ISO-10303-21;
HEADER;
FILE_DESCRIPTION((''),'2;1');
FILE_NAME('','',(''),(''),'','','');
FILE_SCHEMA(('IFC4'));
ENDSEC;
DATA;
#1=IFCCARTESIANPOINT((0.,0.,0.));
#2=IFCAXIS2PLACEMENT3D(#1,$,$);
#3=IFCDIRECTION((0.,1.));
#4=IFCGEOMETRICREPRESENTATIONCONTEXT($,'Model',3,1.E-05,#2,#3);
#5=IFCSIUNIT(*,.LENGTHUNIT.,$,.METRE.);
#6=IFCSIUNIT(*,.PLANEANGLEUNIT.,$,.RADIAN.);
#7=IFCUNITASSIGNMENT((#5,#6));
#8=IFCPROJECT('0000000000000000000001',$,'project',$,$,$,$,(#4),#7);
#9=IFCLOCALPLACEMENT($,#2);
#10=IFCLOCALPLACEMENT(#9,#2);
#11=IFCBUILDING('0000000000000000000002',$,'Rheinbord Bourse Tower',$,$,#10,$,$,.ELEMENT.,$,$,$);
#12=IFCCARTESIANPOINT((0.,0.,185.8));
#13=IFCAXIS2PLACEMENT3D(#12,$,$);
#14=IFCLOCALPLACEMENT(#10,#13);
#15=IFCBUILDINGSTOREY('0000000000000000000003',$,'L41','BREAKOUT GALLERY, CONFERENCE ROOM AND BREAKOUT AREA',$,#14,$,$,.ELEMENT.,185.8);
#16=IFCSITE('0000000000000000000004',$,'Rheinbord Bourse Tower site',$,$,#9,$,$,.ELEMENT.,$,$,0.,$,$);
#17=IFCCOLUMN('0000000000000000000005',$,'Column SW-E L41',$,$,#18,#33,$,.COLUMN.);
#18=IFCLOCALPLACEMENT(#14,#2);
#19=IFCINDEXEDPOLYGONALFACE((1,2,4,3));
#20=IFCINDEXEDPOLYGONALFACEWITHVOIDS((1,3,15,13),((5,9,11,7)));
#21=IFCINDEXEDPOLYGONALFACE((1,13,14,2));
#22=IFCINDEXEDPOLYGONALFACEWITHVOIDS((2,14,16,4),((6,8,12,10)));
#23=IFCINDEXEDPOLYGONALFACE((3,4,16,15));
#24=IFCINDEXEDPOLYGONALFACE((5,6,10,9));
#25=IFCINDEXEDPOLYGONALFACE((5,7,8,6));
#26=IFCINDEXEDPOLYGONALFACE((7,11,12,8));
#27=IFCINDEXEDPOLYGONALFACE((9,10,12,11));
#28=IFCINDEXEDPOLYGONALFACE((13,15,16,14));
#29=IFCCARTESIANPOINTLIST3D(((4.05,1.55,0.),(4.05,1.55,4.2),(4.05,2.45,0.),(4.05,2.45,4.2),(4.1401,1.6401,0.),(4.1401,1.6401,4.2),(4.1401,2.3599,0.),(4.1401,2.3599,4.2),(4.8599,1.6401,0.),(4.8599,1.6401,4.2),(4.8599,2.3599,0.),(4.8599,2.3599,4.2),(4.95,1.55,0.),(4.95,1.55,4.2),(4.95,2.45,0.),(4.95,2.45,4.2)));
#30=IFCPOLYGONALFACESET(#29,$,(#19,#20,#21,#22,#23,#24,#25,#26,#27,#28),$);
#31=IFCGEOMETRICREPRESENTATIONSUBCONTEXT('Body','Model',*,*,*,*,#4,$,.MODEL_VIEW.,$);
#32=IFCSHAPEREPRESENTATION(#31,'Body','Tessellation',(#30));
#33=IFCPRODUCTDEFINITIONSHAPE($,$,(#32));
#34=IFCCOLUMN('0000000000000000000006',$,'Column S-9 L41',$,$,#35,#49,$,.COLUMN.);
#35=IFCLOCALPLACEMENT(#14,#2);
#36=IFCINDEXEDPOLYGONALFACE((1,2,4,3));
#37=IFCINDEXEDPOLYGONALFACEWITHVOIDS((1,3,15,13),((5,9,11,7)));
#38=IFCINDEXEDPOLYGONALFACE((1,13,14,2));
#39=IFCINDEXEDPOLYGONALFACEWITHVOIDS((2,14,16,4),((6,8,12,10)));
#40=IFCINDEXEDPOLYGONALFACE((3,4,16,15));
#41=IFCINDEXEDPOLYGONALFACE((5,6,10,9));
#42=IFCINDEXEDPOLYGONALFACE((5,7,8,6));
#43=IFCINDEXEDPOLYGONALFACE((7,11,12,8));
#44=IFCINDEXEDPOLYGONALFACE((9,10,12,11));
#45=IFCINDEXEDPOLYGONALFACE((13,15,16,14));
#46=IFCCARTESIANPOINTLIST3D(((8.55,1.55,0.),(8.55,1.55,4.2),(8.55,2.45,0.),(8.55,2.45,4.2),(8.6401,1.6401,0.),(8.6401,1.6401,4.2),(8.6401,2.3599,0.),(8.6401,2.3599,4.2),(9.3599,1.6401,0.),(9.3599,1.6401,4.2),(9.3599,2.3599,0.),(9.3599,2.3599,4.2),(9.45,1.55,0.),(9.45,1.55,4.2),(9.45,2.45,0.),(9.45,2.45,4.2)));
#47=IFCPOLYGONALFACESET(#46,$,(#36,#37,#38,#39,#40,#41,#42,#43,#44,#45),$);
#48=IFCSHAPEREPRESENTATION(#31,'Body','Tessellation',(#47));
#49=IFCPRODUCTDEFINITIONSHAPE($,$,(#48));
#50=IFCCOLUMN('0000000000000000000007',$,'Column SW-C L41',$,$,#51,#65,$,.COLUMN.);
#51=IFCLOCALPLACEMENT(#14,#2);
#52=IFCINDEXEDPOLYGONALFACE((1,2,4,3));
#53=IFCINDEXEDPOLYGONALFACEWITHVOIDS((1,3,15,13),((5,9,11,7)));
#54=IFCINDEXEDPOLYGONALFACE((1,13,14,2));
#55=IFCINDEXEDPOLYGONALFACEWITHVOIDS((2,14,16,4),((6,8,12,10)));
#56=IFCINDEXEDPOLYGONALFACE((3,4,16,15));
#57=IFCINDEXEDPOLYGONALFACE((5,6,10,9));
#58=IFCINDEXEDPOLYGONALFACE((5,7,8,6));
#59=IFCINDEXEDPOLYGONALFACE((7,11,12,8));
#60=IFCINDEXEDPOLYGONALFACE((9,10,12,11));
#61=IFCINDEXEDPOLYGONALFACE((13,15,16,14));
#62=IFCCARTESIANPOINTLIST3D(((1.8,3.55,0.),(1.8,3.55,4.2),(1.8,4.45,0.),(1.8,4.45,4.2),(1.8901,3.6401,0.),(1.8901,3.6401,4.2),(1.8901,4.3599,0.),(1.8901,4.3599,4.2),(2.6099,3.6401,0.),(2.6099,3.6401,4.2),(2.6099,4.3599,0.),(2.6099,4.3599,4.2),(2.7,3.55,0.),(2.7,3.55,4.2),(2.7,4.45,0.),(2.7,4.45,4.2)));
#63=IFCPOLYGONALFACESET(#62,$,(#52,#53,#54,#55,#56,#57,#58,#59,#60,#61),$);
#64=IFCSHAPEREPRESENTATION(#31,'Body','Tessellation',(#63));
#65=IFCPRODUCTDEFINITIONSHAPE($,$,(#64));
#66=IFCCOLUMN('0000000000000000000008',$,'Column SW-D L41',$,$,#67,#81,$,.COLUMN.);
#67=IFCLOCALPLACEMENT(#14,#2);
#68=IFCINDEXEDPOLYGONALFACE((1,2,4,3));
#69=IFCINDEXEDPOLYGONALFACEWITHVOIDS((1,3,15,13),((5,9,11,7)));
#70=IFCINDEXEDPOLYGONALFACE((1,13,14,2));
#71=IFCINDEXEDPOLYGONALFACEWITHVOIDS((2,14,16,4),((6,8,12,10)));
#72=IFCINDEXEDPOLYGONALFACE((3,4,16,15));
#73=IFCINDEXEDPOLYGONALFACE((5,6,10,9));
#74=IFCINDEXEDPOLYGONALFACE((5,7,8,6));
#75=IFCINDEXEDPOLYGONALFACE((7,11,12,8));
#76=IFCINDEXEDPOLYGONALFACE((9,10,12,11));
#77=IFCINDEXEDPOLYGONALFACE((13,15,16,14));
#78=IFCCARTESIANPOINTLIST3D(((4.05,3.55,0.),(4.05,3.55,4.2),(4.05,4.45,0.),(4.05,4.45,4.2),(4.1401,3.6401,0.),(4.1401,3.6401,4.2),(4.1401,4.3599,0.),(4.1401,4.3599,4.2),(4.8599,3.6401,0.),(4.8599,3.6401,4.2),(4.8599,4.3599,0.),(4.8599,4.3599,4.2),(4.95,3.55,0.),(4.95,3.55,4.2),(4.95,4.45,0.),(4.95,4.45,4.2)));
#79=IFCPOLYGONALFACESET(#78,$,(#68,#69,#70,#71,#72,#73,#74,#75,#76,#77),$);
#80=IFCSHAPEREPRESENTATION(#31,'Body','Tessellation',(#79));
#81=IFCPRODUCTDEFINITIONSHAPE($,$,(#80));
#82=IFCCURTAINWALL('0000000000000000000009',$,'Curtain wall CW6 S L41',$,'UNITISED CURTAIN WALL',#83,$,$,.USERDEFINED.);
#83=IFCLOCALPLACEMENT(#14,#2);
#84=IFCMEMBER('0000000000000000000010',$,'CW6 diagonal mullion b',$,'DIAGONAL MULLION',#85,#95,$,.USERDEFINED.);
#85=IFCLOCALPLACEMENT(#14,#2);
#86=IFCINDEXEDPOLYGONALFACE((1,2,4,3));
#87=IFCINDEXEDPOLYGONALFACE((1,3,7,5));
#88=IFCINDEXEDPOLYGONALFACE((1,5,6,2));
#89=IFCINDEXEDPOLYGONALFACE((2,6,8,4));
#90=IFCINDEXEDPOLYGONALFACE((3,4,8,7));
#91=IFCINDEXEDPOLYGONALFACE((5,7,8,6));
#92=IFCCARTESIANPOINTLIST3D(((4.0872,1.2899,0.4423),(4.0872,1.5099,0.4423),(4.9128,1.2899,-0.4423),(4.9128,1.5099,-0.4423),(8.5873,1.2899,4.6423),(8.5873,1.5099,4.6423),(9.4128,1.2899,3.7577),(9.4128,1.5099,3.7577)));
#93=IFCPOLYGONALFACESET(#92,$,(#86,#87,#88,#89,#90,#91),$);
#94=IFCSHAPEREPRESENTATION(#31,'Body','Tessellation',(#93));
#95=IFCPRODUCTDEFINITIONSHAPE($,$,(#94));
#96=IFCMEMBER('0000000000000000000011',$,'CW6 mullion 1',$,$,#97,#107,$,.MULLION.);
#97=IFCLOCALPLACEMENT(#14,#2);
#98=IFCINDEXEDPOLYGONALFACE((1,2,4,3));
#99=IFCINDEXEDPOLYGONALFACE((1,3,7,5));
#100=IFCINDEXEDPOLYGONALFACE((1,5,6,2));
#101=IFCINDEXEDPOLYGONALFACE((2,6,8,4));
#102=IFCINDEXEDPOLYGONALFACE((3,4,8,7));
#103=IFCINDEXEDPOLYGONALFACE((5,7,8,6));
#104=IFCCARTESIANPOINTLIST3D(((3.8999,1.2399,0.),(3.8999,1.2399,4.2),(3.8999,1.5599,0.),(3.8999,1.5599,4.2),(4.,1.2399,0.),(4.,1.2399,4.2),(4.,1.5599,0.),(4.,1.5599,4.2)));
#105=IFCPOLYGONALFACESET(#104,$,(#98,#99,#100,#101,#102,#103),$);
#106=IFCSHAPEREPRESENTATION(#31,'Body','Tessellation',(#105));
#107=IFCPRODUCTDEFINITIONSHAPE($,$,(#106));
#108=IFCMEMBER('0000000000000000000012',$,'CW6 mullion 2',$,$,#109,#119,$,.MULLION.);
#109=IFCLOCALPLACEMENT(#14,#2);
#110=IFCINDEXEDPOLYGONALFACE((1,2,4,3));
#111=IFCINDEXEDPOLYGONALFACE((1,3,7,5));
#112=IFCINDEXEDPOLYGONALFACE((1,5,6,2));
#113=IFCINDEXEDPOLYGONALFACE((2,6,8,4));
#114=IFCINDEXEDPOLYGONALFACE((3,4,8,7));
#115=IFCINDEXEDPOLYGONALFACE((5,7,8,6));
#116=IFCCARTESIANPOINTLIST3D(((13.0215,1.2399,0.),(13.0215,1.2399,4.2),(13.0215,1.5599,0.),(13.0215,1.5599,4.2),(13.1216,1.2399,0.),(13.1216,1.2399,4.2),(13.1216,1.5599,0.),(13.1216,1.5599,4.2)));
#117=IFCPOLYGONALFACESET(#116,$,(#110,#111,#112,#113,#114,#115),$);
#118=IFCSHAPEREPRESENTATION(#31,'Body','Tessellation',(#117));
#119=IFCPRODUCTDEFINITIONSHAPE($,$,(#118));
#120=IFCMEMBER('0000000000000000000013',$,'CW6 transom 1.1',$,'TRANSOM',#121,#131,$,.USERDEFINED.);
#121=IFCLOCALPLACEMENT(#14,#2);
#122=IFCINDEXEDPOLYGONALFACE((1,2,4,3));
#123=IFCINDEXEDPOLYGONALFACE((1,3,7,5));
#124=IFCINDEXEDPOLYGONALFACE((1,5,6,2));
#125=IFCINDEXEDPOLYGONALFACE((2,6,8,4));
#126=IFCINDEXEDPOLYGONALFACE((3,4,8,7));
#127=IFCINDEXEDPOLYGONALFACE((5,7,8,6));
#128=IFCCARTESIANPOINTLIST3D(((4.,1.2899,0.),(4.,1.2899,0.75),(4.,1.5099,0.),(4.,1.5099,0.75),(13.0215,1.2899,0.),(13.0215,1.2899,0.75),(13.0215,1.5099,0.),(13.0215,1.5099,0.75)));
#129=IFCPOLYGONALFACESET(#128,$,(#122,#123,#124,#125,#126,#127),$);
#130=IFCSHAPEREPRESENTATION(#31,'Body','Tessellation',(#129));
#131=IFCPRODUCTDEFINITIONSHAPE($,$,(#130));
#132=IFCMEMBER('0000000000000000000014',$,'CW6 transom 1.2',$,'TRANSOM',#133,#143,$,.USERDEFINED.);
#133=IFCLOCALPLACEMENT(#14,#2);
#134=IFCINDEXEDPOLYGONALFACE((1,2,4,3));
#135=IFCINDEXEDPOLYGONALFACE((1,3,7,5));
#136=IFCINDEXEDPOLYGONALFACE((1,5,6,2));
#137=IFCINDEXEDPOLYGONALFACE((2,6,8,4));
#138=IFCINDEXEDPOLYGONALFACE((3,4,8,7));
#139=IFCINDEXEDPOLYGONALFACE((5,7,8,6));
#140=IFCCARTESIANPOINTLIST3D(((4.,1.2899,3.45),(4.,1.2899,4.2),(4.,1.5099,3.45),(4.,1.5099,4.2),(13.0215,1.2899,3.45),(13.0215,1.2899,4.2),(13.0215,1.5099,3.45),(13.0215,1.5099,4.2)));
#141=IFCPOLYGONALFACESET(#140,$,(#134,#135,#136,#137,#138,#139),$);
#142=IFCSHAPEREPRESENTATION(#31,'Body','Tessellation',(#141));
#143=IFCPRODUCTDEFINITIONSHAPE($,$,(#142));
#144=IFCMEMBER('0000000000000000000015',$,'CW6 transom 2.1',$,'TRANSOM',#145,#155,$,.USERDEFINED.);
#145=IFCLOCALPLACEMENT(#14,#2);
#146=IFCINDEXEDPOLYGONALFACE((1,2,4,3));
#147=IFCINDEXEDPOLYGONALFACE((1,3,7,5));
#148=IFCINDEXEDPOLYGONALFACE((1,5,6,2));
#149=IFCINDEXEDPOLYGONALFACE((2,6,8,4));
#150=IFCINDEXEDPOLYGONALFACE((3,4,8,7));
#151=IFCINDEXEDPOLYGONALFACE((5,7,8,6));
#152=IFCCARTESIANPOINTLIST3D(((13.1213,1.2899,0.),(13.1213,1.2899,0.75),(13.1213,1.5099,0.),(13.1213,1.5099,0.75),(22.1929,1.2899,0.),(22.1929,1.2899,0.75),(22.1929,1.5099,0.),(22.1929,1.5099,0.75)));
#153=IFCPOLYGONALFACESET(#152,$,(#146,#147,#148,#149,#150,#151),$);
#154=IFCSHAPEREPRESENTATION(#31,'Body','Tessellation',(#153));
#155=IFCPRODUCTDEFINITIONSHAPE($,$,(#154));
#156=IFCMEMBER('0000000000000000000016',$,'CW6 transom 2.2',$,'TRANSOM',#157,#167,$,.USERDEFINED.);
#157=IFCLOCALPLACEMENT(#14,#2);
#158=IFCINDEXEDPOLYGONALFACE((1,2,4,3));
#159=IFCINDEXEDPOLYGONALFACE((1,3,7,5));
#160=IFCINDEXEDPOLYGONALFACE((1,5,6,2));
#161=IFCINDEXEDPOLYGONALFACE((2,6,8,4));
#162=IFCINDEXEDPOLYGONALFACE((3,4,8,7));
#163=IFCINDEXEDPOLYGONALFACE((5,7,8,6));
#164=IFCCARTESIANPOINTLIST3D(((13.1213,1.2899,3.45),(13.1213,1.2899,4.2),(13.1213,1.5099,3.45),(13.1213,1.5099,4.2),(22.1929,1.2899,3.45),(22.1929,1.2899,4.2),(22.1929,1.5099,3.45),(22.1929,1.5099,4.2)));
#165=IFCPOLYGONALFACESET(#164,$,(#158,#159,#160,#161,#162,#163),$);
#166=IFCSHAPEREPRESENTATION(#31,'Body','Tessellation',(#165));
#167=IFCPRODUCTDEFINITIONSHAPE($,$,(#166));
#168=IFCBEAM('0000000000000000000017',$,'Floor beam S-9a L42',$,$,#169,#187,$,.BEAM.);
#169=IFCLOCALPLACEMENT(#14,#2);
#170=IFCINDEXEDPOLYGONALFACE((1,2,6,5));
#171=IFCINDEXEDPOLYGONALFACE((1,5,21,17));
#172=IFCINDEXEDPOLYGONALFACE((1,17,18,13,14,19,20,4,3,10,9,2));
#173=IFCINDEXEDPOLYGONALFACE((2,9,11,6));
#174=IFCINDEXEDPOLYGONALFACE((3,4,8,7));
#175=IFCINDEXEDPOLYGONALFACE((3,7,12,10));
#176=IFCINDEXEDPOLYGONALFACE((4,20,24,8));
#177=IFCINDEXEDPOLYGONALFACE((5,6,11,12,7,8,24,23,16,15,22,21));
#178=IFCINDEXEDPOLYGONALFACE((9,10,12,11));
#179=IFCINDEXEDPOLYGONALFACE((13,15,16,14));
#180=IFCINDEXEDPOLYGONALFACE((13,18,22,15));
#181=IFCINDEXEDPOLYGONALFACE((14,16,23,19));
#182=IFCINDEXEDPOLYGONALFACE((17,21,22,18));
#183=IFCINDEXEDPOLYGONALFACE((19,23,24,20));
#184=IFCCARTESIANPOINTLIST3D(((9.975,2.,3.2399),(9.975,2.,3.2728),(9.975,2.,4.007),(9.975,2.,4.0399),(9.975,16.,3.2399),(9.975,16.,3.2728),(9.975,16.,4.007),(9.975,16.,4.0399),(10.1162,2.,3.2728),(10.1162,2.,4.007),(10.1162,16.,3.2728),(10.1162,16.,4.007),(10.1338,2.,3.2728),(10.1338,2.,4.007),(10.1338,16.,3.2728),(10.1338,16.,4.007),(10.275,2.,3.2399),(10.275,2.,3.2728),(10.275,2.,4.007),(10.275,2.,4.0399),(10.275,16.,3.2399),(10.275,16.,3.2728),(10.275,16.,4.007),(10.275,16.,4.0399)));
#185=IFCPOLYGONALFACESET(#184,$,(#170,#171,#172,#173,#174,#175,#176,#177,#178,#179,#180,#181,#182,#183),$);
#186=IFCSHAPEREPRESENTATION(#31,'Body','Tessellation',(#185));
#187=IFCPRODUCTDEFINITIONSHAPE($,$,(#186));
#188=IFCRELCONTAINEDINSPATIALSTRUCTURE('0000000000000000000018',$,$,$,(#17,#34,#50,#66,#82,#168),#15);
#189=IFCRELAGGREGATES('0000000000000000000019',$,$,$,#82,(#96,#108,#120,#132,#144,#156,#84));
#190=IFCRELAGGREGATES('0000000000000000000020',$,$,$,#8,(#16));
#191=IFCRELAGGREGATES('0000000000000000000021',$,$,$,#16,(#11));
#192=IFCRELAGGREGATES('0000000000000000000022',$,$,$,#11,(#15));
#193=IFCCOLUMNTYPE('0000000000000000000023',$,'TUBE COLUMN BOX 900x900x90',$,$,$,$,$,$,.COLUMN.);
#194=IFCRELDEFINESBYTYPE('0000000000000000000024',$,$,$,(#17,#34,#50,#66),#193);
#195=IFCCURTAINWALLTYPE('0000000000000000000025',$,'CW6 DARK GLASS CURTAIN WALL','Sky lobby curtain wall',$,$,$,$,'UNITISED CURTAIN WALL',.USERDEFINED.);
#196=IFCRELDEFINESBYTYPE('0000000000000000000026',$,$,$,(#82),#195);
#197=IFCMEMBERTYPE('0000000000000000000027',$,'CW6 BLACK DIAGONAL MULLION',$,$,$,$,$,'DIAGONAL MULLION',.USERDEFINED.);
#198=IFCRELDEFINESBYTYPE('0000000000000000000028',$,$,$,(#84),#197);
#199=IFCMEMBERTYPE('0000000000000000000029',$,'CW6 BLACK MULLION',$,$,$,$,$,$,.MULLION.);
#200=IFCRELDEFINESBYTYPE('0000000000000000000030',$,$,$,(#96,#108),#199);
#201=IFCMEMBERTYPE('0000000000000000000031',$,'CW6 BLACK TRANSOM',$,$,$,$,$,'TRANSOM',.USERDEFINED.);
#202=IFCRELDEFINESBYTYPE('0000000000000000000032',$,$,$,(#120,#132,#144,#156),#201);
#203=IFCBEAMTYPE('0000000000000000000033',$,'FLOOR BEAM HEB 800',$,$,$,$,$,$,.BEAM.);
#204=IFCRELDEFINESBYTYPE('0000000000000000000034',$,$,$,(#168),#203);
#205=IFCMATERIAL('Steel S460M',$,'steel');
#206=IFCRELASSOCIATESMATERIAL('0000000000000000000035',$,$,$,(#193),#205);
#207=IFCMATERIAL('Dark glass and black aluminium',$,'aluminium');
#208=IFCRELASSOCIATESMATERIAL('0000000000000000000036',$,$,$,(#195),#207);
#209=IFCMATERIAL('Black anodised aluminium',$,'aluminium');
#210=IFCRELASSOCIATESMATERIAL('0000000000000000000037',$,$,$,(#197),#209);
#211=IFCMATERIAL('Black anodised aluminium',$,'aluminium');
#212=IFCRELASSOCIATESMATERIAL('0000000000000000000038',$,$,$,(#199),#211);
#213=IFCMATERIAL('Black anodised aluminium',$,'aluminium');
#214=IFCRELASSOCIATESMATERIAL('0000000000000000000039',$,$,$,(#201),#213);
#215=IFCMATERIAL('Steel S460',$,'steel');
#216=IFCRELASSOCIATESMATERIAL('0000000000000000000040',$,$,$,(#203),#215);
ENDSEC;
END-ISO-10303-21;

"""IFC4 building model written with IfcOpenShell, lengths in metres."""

from ifc_helpers import new_model, si_unit, direction, frame, origin, origin_2d, place, context, subcontext, project, spatial, rectangle, hollow_rectangle, i_section, extrude, material, material_profile, profile_set, type_object, element, aggregate, save


model = new_model("IFC4")

# Units and contexts
model_context = context("Model", 3, precision=1e-05, world=origin(), true_north=direction((0.0, 1.0)))
body_context = subcontext(model_context, "Body", "Model", "MODEL_VIEW")
ifc_project = project(units=[si_unit("LENGTHUNIT", "METRE"), si_unit("PLANEANGLEUNIT", "RADIAN")], contexts=[model_context])

# Site, building, storey
site_placement = place(None, origin())
site = spatial("IfcSite", under=ifc_project, at=site_placement, Name="Rheinbord Bourse Tower site", CompositionType="ELEMENT", RefElevation=0.0)
building_placement = place(site_placement, origin())
building = spatial("IfcBuilding", under=site, at=building_placement, Name="Rheinbord Bourse Tower", CompositionType="ELEMENT")
storey_placement = place(building_placement, frame((0.0, 0.0, 185.8)))
storey = spatial("IfcBuildingStorey", under=building, at=storey_placement, Name="L41", Description="BREAKOUT GALLERY, CONFERENCE ROOM AND BREAKOUT AREA", CompositionType="ELEMENT", Elevation=185.8)

# Columns
ifc_material_1 = material(Name="Steel S460M", Category="steel")
ifc_material_profile_1 = material_profile(ifc_material_1, hollow_rectangle(XDim=0.8999, YDim=0.8999, WallThickness=0.0901, at=origin_2d()), Name="BOX 900x900x90")
ifc_profile_set_1 = profile_set([ifc_material_profile_1], Name="Steel S460M")
column_type = type_object("IfcColumnType", Name="TUBE COLUMN BOX 900x900x90", PredefinedType="COLUMN", material=ifc_profile_set_1)
for number, where, z_axis, x_axis, name in (
    (1, (4.5, 2.0, 0.0), (0.0, 0.0, 1.0), (0.0, 1.0, 0.0), "Column SW-E L41"),
    (2, (9.0, 2.0, 0.0), (0.0, 0.0, 1.0), (0.0, 1.0, 0.0), "Column S-9 L41"),
    (3, (2.25, 4.0, 0.0), (0.0, 0.0, 1.0), (1.0, 0.0, 0.0), "Column SW-C L41"),
    (4, (4.5, 4.0, 0.0), (0.0, 0.0, 1.0), (0.0, 1.0, 0.0), "Column SW-D L41"),
):
    element("IfcColumn", number, at=place(storey_placement, frame(where, z_axis=z_axis, x_axis=x_axis)), inside=storey, type_object=column_type, Name=name, PredefinedType="COLUMN", context=body_context, shape_type="SweptSolid", body=[
        extrude(hollow_rectangle(XDim=0.8999, YDim=0.8999, WallThickness=0.0901, at=origin_2d()), origin(), (0.0, 0.0, 1.0), 4.2),
    ])

# Curtain wall, members
ifc_material_2 = material(Name="Dark glass and black aluminium", Category="aluminium")
curtain_wall_type = type_object("IfcCurtainWallType", Name="CW6 DARK GLASS CURTAIN WALL", Description="Sky lobby curtain wall", ElementType="UNITISED CURTAIN WALL", PredefinedType="USERDEFINED", material=ifc_material_2)
curtain_wall_placement = place(storey_placement, origin())
curtain_wall = element("IfcCurtainWall", 5, at=curtain_wall_placement, inside=storey, type_object=curtain_wall_type, Name="Curtain wall CW6 S L41", ObjectType="UNITISED CURTAIN WALL", PredefinedType="USERDEFINED")
ifc_material_3 = material(Name="Black anodised aluminium", Category="aluminium")
ifc_material_profile_2 = material_profile(ifc_material_3, rectangle(XDim=0.22, YDim=1.21, at=origin_2d()), Name="CW6 DIAGONAL MULLION 1210x220")
ifc_profile_set_2 = profile_set([ifc_material_profile_2], Name="Black anodised aluminium")
member_type_1 = type_object("IfcMemberType", Name="CW6 BLACK DIAGONAL MULLION", ElementType="DIAGONAL MULLION", PredefinedType="USERDEFINED", material=ifc_profile_set_2)
member_1_placement = place(storey_placement, frame((4.5, 1.3999, 0.0), z_axis=(0.731059, 0.0, 0.682314), x_axis=(0.0, 1.0, 0.0)))
member_1 = element("IfcMember", 6, at=member_1_placement, type_object=member_type_1, Name="CW6 diagonal mullion b", ObjectType="DIAGONAL MULLION", PredefinedType="USERDEFINED", context=body_context, shape_type="SweptSolid", body=[
    extrude(rectangle(XDim=0.22, YDim=1.21, at=origin_2d()), origin(), (0.0, 0.0, 1.0), 6.1555),
])
ifc_material_4 = material(Name="Black anodised aluminium", Category="aluminium")
ifc_material_profile_3 = material_profile(ifc_material_4, rectangle(XDim=0.3201, YDim=0.1001, at=origin_2d()), Name="CW6 MULLION 100x320")
ifc_profile_set_3 = profile_set([ifc_material_profile_3], Name="Black anodised aluminium")
member_type_2 = type_object("IfcMemberType", Name="CW6 BLACK MULLION", PredefinedType="MULLION", material=ifc_profile_set_3)
member_2_placement = place(storey_placement, frame((3.95, 1.3999, 0.0), z_axis=(0.0, 0.0, 1.0), x_axis=(0.0, 1.0, 0.0)))
member_2 = element("IfcMember", 7, at=member_2_placement, type_object=member_type_2, Name="CW6 mullion 1", PredefinedType="MULLION", context=body_context, shape_type="SweptSolid", body=[
    extrude(rectangle(XDim=0.3201, YDim=0.1001, at=origin_2d()), origin(), (0.0, 0.0, 1.0), 4.2),
])
member_3_placement = place(storey_placement, frame((13.0715, 1.3999, 0.0), z_axis=(0.0, 0.0, 1.0), x_axis=(0.0, 1.0, 0.0)))
member_3 = element("IfcMember", 8, at=member_3_placement, type_object=member_type_2, Name="CW6 mullion 2", PredefinedType="MULLION", context=body_context, shape_type="SweptSolid", body=[
    extrude(rectangle(XDim=0.3201, YDim=0.1001, at=origin_2d()), origin(), (0.0, 0.0, 1.0), 4.2),
])
ifc_material_5 = material(Name="Black anodised aluminium", Category="aluminium")
ifc_material_profile_4 = material_profile(ifc_material_5, rectangle(XDim=0.22, YDim=0.75, at=origin_2d()), Name="CW6 TRANSOM 750x220")
ifc_profile_set_4 = profile_set([ifc_material_profile_4], Name="Black anodised aluminium")
member_type_3 = type_object("IfcMemberType", Name="CW6 BLACK TRANSOM", ElementType="TRANSOM", PredefinedType="USERDEFINED", material=ifc_profile_set_4)
member_4_placement = place(storey_placement, frame((4.0, 1.3999, 0.375), z_axis=(1.0, 0.0, 0.0), x_axis=(0.0, 1.0, 0.0)))
member_4 = element("IfcMember", 9, at=member_4_placement, type_object=member_type_3, Name="CW6 transom 1.1", ObjectType="TRANSOM", PredefinedType="USERDEFINED", context=body_context, shape_type="SweptSolid", body=[
    extrude(rectangle(XDim=0.22, YDim=0.75, at=origin_2d()), origin(), (0.0, 0.0, 1.0), 9.0215),
])
member_5_placement = place(storey_placement, frame((4.0, 1.3999, 3.825), z_axis=(1.0, 0.0, 0.0), x_axis=(0.0, 1.0, 0.0)))
member_5 = element("IfcMember", 10, at=member_5_placement, type_object=member_type_3, Name="CW6 transom 1.2", ObjectType="TRANSOM", PredefinedType="USERDEFINED", context=body_context, shape_type="SweptSolid", body=[
    extrude(rectangle(XDim=0.22, YDim=0.75, at=origin_2d()), origin(), (0.0, 0.0, 1.0), 9.0215),
])
member_6_placement = place(storey_placement, frame((13.1213, 1.3999, 0.375), z_axis=(1.0, 0.0, 0.0), x_axis=(0.0, 1.0, 0.0)))
member_6 = element("IfcMember", 11, at=member_6_placement, type_object=member_type_3, Name="CW6 transom 2.1", ObjectType="TRANSOM", PredefinedType="USERDEFINED", context=body_context, shape_type="SweptSolid", body=[
    extrude(rectangle(XDim=0.22, YDim=0.75, at=origin_2d()), origin(), (0.0, 0.0, 1.0), 9.0715),
])
member_7_placement = place(storey_placement, frame((13.1213, 1.3999, 3.825), z_axis=(1.0, 0.0, 0.0), x_axis=(0.0, 1.0, 0.0)))
member_7 = element("IfcMember", 12, at=member_7_placement, type_object=member_type_3, Name="CW6 transom 2.2", ObjectType="TRANSOM", PredefinedType="USERDEFINED", context=body_context, shape_type="SweptSolid", body=[
    extrude(rectangle(XDim=0.22, YDim=0.75, at=origin_2d()), origin(), (0.0, 0.0, 1.0), 9.0715),
])

# Beam
ifc_material_6 = material(Name="Steel S460", Category="steel")
ifc_material_profile_5 = material_profile(ifc_material_6, i_section(OverallWidth=0.3, OverallDepth=0.8, WebThickness=0.0176, FlangeThickness=0.033, at=origin_2d()), Name="HEB 800")
ifc_profile_set_5 = profile_set([ifc_material_profile_5], Name="Steel S460")
beam_type_1 = type_object("IfcBeamType", Name="FLOOR BEAM HEB 800", PredefinedType="BEAM", material=ifc_profile_set_5)
for number, where, z_axis, x_axis, name in (
    (13, (10.125, 2.0, 3.6399), (0.0, 1.0, 0.0), (-1.0, 0.0, 0.0), "Floor beam S-9a L42"),
):
    element("IfcBeam", number, at=place(storey_placement, frame(where, z_axis=z_axis, x_axis=x_axis)), inside=storey, type_object=beam_type_1, Name=name, PredefinedType="BEAM", context=body_context, shape_type="SweptSolid", body=[
        extrude(i_section(OverallWidth=0.3, OverallDepth=0.8, WebThickness=0.0176, FlangeThickness=0.033, at=origin_2d()), origin(), (0.0, 0.0, 1.0), 14.0),
    ])

aggregate(curtain_wall, [member_2, member_3, member_4, member_5, member_6, member_7, member_1])

save(model, "model.ifc")
